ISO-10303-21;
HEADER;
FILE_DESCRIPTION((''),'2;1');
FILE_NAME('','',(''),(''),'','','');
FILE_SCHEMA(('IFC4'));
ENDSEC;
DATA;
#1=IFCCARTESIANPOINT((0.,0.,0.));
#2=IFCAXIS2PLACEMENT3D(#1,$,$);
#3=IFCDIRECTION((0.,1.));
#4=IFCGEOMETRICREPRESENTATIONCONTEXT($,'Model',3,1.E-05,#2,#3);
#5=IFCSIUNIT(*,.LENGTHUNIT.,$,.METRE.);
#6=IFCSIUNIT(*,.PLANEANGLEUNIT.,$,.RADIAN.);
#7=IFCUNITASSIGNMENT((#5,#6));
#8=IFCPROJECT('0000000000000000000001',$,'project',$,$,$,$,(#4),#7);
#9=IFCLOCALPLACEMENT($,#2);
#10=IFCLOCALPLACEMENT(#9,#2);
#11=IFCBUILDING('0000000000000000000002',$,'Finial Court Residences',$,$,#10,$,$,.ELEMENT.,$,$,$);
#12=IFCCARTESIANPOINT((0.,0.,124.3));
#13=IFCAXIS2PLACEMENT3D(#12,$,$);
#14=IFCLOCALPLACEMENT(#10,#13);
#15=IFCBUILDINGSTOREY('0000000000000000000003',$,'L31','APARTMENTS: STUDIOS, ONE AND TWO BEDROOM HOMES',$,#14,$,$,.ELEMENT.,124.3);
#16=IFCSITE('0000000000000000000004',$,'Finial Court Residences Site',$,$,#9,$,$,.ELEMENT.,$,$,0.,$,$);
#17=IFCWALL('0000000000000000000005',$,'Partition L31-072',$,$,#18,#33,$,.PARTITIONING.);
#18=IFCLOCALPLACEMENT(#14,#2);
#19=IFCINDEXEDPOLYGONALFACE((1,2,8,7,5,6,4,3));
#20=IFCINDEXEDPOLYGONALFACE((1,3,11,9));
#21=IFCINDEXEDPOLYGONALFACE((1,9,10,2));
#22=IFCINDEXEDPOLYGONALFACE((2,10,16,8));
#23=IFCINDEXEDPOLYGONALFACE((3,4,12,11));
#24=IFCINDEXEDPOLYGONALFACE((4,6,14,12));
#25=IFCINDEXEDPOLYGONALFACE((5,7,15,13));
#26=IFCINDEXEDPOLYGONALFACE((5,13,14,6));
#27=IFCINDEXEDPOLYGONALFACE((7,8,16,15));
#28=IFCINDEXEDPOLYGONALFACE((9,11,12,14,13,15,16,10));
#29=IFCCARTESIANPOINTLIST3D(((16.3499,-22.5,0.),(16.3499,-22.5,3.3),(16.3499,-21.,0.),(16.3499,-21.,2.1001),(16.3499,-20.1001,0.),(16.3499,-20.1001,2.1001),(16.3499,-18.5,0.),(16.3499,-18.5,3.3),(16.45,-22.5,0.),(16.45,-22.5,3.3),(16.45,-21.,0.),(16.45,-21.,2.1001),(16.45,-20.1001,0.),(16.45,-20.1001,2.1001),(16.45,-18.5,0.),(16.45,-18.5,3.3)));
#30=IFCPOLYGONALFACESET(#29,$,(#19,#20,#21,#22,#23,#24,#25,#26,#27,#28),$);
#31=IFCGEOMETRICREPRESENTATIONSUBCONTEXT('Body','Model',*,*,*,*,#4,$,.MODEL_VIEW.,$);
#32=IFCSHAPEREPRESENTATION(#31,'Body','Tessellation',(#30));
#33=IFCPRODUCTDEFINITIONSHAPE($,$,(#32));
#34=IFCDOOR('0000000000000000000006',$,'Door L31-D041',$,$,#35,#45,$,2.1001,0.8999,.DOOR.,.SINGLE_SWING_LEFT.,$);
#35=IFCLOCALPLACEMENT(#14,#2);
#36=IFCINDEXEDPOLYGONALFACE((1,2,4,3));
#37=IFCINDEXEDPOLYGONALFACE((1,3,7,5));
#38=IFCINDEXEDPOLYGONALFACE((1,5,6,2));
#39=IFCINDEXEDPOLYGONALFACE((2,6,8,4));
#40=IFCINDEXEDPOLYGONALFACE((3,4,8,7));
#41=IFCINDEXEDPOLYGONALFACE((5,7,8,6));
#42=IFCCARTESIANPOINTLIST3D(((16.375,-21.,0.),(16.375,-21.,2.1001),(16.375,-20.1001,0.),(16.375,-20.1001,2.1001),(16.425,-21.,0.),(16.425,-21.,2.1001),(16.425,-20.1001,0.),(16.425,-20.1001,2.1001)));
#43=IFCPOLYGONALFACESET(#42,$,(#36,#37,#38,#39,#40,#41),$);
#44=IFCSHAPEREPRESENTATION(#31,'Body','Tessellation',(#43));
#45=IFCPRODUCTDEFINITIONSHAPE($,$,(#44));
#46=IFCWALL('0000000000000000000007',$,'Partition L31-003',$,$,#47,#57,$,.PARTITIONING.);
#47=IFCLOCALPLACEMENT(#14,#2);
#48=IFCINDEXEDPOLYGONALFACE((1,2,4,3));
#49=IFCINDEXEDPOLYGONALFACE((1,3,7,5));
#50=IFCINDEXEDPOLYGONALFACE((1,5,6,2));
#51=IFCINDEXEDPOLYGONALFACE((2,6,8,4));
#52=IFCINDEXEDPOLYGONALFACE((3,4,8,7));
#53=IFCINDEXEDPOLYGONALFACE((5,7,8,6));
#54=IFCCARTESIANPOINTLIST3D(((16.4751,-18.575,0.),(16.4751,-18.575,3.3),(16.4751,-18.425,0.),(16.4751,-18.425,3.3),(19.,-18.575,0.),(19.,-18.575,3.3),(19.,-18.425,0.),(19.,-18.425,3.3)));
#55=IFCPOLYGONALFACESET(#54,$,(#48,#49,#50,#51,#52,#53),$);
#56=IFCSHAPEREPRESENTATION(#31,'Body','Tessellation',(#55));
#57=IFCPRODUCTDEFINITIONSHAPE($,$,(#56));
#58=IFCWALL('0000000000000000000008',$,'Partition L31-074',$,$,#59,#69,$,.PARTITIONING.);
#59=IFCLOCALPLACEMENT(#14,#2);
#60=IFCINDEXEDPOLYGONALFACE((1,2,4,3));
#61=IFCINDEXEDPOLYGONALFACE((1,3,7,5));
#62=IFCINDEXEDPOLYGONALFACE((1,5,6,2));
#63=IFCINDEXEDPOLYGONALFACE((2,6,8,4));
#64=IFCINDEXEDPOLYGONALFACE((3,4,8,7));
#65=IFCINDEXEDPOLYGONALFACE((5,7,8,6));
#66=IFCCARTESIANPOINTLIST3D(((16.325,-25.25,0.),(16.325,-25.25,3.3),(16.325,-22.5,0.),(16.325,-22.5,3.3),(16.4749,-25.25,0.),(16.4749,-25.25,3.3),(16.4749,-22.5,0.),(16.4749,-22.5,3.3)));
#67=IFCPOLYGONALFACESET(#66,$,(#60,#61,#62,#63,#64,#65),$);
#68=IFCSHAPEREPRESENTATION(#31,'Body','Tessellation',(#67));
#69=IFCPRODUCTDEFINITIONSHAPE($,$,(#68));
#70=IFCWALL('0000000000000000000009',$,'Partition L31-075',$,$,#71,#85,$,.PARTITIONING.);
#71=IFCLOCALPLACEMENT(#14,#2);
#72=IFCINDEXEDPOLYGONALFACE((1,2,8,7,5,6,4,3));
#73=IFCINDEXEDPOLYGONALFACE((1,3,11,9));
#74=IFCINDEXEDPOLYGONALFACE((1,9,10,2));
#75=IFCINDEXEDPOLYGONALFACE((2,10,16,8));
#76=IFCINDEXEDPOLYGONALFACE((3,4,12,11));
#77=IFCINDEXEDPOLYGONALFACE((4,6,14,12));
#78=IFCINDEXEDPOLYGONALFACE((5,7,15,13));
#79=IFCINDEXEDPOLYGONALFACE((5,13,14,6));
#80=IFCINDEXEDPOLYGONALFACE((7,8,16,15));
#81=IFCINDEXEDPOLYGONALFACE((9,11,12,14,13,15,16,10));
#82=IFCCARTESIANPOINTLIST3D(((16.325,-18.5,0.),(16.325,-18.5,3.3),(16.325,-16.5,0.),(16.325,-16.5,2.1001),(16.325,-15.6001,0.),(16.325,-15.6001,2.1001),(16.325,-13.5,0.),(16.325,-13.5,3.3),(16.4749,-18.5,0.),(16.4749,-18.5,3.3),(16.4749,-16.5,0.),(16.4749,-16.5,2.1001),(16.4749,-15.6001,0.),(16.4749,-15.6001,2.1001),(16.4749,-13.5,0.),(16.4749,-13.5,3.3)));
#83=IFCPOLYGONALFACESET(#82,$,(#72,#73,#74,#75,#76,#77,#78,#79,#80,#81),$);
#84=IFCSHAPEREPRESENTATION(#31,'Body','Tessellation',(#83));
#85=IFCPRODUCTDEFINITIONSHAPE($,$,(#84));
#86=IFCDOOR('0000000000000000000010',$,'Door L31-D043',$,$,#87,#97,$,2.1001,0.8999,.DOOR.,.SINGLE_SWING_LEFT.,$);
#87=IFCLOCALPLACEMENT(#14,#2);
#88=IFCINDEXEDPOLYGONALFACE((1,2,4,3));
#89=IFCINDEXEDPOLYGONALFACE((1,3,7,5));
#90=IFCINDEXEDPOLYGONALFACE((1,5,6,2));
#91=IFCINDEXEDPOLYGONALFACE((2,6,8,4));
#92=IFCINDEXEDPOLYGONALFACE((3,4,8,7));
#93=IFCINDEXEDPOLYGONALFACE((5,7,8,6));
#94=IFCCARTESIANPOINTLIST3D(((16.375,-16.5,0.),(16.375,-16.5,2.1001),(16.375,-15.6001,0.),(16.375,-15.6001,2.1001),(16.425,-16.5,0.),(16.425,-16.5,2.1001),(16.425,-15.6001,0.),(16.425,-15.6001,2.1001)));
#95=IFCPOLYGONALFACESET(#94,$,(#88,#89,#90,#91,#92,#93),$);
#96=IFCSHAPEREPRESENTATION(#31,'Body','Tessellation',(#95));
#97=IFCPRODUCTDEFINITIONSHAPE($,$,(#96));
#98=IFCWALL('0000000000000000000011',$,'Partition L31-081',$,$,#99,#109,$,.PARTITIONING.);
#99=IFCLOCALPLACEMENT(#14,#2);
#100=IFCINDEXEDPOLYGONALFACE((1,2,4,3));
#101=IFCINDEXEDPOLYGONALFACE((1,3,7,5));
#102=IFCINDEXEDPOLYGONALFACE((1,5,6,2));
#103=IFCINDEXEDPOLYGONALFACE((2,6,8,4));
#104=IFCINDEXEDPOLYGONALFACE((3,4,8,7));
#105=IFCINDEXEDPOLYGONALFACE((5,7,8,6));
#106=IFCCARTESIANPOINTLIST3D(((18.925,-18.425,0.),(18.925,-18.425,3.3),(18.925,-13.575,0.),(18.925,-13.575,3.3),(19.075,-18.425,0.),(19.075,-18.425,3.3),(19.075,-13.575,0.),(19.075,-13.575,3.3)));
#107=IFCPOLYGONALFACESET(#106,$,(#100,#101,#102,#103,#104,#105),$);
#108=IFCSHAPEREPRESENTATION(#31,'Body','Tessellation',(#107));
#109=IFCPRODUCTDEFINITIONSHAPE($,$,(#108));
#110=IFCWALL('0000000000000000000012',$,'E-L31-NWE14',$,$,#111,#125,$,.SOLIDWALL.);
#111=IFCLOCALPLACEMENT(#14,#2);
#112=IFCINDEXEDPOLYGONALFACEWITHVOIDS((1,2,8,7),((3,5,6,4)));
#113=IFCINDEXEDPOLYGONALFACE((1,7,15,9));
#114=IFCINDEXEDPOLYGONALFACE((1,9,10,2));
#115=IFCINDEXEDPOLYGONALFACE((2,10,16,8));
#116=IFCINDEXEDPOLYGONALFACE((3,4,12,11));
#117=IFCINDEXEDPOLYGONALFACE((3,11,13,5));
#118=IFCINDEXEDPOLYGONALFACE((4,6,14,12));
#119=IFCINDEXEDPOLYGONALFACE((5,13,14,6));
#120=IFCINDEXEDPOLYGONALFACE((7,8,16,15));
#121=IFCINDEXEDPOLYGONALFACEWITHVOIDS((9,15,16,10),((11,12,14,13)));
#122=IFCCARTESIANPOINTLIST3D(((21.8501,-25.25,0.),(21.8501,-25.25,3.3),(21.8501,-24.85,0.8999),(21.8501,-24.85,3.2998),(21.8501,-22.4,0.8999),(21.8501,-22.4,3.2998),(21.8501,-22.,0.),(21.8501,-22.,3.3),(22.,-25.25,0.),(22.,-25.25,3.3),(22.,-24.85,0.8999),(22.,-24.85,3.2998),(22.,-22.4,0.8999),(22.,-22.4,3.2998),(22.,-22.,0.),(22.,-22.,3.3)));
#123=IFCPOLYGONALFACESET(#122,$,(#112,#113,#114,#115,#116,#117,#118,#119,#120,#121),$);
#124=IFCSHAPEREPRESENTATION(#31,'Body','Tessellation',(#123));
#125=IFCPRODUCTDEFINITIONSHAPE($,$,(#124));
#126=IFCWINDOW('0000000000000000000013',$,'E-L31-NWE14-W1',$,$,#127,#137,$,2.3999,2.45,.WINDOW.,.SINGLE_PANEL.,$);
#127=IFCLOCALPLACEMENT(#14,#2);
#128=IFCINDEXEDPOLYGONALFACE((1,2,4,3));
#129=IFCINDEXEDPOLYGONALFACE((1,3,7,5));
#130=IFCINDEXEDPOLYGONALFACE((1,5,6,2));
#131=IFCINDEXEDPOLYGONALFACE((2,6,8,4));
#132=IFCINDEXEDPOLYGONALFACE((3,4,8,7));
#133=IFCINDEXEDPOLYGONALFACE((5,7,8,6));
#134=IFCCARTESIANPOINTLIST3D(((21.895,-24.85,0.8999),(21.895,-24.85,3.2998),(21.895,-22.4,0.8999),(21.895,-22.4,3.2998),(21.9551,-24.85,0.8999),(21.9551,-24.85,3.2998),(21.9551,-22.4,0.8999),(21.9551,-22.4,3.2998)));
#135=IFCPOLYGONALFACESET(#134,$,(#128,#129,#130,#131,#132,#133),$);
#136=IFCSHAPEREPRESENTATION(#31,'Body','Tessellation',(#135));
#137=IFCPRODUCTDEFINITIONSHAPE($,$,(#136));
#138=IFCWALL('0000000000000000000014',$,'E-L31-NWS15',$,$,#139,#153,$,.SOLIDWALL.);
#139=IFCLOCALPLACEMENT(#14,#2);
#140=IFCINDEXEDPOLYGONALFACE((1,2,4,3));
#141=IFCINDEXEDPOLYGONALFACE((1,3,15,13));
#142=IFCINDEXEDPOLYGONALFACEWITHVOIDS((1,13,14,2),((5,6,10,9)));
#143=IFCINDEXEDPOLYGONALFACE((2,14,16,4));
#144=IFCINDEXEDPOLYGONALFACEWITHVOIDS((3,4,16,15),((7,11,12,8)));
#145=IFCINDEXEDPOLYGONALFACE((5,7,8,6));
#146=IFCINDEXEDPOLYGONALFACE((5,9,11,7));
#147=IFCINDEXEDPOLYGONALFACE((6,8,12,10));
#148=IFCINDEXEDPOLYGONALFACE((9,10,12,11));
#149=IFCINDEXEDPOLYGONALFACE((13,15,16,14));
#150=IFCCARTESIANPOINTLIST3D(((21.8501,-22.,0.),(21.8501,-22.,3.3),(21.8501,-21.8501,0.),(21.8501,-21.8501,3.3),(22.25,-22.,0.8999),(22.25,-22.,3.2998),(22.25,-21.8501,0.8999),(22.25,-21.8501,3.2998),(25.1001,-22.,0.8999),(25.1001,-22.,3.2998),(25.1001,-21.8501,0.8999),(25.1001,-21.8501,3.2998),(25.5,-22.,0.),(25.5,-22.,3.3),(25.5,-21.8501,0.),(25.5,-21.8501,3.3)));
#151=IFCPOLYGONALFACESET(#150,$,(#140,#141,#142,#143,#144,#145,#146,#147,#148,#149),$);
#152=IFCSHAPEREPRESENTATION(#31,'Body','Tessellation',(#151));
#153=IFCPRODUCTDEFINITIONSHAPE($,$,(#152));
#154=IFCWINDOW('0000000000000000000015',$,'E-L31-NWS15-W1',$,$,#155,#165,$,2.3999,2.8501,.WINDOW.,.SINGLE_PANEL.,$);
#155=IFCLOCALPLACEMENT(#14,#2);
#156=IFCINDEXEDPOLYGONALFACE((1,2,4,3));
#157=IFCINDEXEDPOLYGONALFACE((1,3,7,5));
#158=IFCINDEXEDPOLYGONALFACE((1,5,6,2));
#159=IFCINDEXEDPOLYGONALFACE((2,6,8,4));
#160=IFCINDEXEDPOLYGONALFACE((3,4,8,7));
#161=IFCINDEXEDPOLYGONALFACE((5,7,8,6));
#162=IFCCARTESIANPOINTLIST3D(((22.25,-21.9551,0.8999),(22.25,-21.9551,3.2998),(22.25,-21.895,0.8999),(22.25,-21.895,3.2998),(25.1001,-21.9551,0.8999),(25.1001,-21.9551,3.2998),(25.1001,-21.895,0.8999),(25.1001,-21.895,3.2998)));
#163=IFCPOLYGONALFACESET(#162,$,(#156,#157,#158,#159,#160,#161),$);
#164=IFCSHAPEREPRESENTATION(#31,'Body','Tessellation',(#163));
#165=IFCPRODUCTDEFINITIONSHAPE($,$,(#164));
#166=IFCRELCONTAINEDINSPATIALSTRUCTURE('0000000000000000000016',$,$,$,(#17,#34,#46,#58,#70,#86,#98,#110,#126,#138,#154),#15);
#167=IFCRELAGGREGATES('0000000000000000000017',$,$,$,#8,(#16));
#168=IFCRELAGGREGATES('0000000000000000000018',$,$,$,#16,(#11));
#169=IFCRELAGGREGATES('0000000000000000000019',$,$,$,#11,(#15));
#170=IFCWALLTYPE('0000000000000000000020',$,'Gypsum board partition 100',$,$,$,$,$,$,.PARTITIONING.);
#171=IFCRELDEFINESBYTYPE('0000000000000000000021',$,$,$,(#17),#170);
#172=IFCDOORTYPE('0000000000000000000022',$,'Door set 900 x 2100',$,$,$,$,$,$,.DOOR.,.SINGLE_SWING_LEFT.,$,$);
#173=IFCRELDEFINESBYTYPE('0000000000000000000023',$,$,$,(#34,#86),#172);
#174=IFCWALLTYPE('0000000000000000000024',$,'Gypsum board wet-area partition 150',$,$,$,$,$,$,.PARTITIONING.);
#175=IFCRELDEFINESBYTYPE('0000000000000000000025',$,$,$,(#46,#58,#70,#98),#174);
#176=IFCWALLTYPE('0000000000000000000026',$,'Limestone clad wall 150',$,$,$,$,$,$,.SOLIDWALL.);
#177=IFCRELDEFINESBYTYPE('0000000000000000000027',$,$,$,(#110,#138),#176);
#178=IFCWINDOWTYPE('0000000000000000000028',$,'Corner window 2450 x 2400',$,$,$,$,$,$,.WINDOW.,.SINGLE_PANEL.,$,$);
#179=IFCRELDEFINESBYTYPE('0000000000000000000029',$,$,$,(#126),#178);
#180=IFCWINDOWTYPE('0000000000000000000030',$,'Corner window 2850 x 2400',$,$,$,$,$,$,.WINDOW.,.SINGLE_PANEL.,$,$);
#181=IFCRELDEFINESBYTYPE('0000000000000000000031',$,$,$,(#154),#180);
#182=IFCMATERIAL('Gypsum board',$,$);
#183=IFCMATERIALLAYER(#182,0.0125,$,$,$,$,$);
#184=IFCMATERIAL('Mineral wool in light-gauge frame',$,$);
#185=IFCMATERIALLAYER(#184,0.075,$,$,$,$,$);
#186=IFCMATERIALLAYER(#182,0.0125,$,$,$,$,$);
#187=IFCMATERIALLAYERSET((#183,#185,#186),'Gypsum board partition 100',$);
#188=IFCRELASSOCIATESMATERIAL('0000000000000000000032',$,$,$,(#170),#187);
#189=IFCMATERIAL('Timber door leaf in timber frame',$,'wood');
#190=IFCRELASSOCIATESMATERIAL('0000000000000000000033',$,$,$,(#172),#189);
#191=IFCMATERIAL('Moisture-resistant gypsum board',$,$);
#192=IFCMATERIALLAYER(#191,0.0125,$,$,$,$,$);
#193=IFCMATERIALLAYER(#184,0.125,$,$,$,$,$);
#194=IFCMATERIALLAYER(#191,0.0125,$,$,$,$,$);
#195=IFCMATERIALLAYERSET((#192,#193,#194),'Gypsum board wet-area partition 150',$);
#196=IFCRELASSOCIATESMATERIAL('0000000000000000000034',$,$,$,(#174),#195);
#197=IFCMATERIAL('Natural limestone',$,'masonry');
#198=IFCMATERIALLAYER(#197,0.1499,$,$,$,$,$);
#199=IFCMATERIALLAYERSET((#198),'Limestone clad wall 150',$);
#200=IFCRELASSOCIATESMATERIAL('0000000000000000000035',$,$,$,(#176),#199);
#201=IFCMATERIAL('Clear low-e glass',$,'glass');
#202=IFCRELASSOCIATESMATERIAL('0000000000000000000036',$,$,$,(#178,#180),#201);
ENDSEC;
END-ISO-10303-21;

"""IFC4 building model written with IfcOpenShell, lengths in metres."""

from ifc_helpers import new_model, si_unit, direction, frame, frame_2d, origin, place, context, subcontext, project, spatial, rectangle, extrude, material, layer, layer_set, type_object, element, fill, save


model = new_model("IFC4")

# Units and contexts
model_context = context("Model", 3, precision=1e-05, world=origin(), true_north=direction((0.0, 1.0)))
body_context = subcontext(model_context, "Body", "Model", "MODEL_VIEW")
ifc_project = project(units=[si_unit("LENGTHUNIT", "METRE"), si_unit("PLANEANGLEUNIT", "RADIAN")], contexts=[model_context])

# Site, building, storey
site_placement = place(None, origin())
site = spatial("IfcSite", under=ifc_project, at=site_placement, Name="Finial Court Residences Site", CompositionType="ELEMENT", RefElevation=0.0)
building_placement = place(site_placement, origin())
building = spatial("IfcBuilding", under=site, at=building_placement, Name="Finial Court Residences", CompositionType="ELEMENT")
storey_placement = place(building_placement, frame((0.0, 0.0, 124.3)))
storey = spatial("IfcBuildingStorey", under=building, at=storey_placement, Name="L31", Description="APARTMENTS: STUDIOS, ONE AND TWO BEDROOM HOMES", CompositionType="ELEMENT", Elevation=124.3)

# Shared definitions
ifc_material_1 = material(Name="Clear low-e glass", Category="glass")

# Wall, opening, door
ifc_material_2 = material(Name="Gypsum board")
ifc_layer_1 = layer(ifc_material_2, 0.0125)
ifc_material_3 = material(Name="Mineral wool in light-gauge frame")
ifc_layer_2 = layer(ifc_material_3, 0.075)
ifc_layer_3 = layer(ifc_material_2, 0.0125)
ifc_layer_set_1 = layer_set([ifc_layer_1, ifc_layer_2, ifc_layer_3], Name="Gypsum board partition 100")
wall_type_1 = type_object("IfcWallType", Name="Gypsum board partition 100", PredefinedType="PARTITIONING", material=ifc_layer_set_1)
ifc_material_4 = material(Name="Timber door leaf in timber frame", Category="wood")
door_type = type_object("IfcDoorType", Name="Door set 900 x 2100", OperationType="SINGLE_SWING_LEFT", PredefinedType="DOOR", material=ifc_material_4)
wall_1_placement = place(storey_placement, frame((16.3999, -22.5, 0.0), z_axis=(0.0, 0.0, 1.0), x_axis=(0.0, 1.0, 0.0)))
wall_1 = element("IfcWall", 1, at=wall_1_placement, inside=storey, type_object=wall_type_1, Name="Partition L31-072", PredefinedType="PARTITIONING", context=body_context, shape_type="SweptSolid", body=[
    extrude(rectangle(XDim=4.0, YDim=0.1001, at=frame_2d((2.0, 0.0))), origin(), (0.0, 0.0, 1.0), 3.3),
])
opening_1_placement = place(wall_1_placement, frame((1.5, 0.0, 0.0)))
opening_1 = element("IfcOpeningElement", 2, at=opening_1_placement, cuts=wall_1, PredefinedType="OPENING", context=body_context, shape_type="SweptSolid", body=[
    extrude(rectangle(XDim=0.8999, YDim=2.1001, at=frame_2d((0.45, 1.05))), frame((0.0, 0.0601, 0.0), z_axis=(0.0, -1.0, 0.0), x_axis=(1.0, 0.0, 0.0)), (0.0, 0.0, 1.0), 0.1201),
])
door_1_placement = place(opening_1_placement, origin())
door_1 = element("IfcDoor", 3, at=door_1_placement, inside=storey, type_object=door_type, Name="Door L31-D041", OperationType="SINGLE_SWING_LEFT", OverallHeight=2.1001, OverallWidth=0.8999, PredefinedType="DOOR", context=body_context, shape_type="SweptSolid", body=[
    extrude(rectangle(XDim=0.8999, YDim=2.1001, at=frame_2d((0.45, 1.05))), frame((0.0, 0.0249, 0.0), z_axis=(0.0, -1.0, 0.0), x_axis=(1.0, 0.0, 0.0)), (0.0, 0.0, 1.0), 0.05),
])
fill(opening_1, door_1)

# Walls
ifc_material_5 = material(Name="Moisture-resistant gypsum board")
ifc_layer_4 = layer(ifc_material_5, 0.0125)
ifc_layer_5 = layer(ifc_material_3, 0.125)
ifc_layer_6 = layer(ifc_material_5, 0.0125)
ifc_layer_set_2 = layer_set([ifc_layer_4, ifc_layer_5, ifc_layer_6], Name="Gypsum board wet-area partition 150")
wall_type_2 = type_object("IfcWallType", Name="Gypsum board wet-area partition 150", PredefinedType="PARTITIONING", material=ifc_layer_set_2)
wall_2_placement = place(storey_placement, frame((16.4751, -18.5, 0.0), z_axis=(0.0, 0.0, 1.0), x_axis=(1.0, 0.0, 0.0)))
element("IfcWall", 4, at=wall_2_placement, inside=storey, type_object=wall_type_2, Name="Partition L31-003", PredefinedType="PARTITIONING", context=body_context, shape_type="SweptSolid", body=[
    extrude(rectangle(XDim=2.5249, YDim=0.1499, at=frame_2d((1.2625, 0.0))), origin(), (0.0, 0.0, 1.0), 3.3),
])
wall_3_placement = place(storey_placement, frame((16.3999, -25.25, 0.0), z_axis=(0.0, 0.0, 1.0), x_axis=(0.0, 1.0, 0.0)))
element("IfcWall", 5, at=wall_3_placement, inside=storey, type_object=wall_type_2, Name="Partition L31-074", PredefinedType="PARTITIONING", context=body_context, shape_type="SweptSolid", body=[
    extrude(rectangle(XDim=2.75, YDim=0.1499, at=frame_2d((1.375, 0.0))), origin(), (0.0, 0.0, 1.0), 3.3),
])

# Wall, opening, door
wall_4_placement = place(storey_placement, frame((16.3999, -18.5, 0.0), z_axis=(0.0, 0.0, 1.0), x_axis=(0.0, 1.0, 0.0)))
wall_4 = element("IfcWall", 6, at=wall_4_placement, inside=storey, type_object=wall_type_2, Name="Partition L31-075", PredefinedType="PARTITIONING", context=body_context, shape_type="SweptSolid", body=[
    extrude(rectangle(XDim=5.0, YDim=0.1499, at=frame_2d((2.5, 0.0))), origin(), (0.0, 0.0, 1.0), 3.3),
])
opening_2_placement = place(wall_4_placement, frame((2.0, 0.0, 0.0)))
opening_2 = element("IfcOpeningElement", 7, at=opening_2_placement, cuts=wall_4, PredefinedType="OPENING", context=body_context, shape_type="SweptSolid", body=[
    extrude(rectangle(XDim=0.8999, YDim=2.1001, at=frame_2d((0.45, 1.05))), frame((0.0, 0.085, 0.0), z_axis=(0.0, -1.0, 0.0), x_axis=(1.0, 0.0, 0.0)), (0.0, 0.0, 1.0), 0.1699),
])
door_2_placement = place(opening_2_placement, origin())
door_2 = element("IfcDoor", 8, at=door_2_placement, inside=storey, type_object=door_type, Name="Door L31-D043", OperationType="SINGLE_SWING_LEFT", OverallHeight=2.1001, OverallWidth=0.8999, PredefinedType="DOOR", context=body_context, shape_type="SweptSolid", body=[
    extrude(rectangle(XDim=0.8999, YDim=2.1001, at=frame_2d((0.45, 1.05))), frame((0.0, 0.0249, 0.0), z_axis=(0.0, -1.0, 0.0), x_axis=(1.0, 0.0, 0.0)), (0.0, 0.0, 1.0), 0.05),
])
fill(opening_2, door_2)

# Wall
wall_5_placement = place(storey_placement, frame((19.0, -18.425, 0.0), z_axis=(0.0, 0.0, 1.0), x_axis=(0.0, 1.0, 0.0)))
element("IfcWall", 9, at=wall_5_placement, inside=storey, type_object=wall_type_2, Name="Partition L31-081", PredefinedType="PARTITIONING", context=body_context, shape_type="SweptSolid", body=[
    extrude(rectangle(XDim=4.8501, YDim=0.1499, at=frame_2d((2.425, 0.0))), origin(), (0.0, 0.0, 1.0), 3.3),
])

# Walls, openings, windows
ifc_material_6 = material(Name="Natural limestone", Category="masonry")
ifc_layer_7 = layer(ifc_material_6, 0.1499)
ifc_layer_set_3 = layer_set([ifc_layer_7], Name="Limestone clad wall 150")
wall_type_3 = type_object("IfcWallType", Name="Limestone clad wall 150", PredefinedType="SOLIDWALL", material=ifc_layer_set_3)
wall_6_placement = place(storey_placement, frame((21.925, -22.0, 0.0), z_axis=(0.0, 0.0, 1.0), x_axis=(0.0, -1.0, 0.0)))
wall_6 = element("IfcWall", 10, at=wall_6_placement, inside=storey, type_object=wall_type_3, Name="E-L31-NWE14", PredefinedType="SOLIDWALL", context=body_context, shape_type="SweptSolid", body=[
    extrude(rectangle(XDim=3.25, YDim=0.1499, at=frame_2d((1.625, 0.0))), origin(), (0.0, 0.0, 1.0), 3.3),
])
opening_3_placement = place(wall_6_placement, frame((0.3999, 0.0, 0.8999)))
opening_3 = element("IfcOpeningElement", 11, at=opening_3_placement, cuts=wall_6, PredefinedType="OPENING", context=body_context, shape_type="SweptSolid", body=[
    extrude(rectangle(XDim=2.45, YDim=2.3999, at=frame_2d((1.2251, 1.2))), frame((0.0, 0.085, 0.0), z_axis=(0.0, -1.0, 0.0), x_axis=(1.0, 0.0, 0.0)), (0.0, 0.0, 1.0), 0.1699),
])
window_type_1 = type_object("IfcWindowType", Name="Corner window 2450 x 2400", PartitioningType="SINGLE_PANEL", PredefinedType="WINDOW", material=ifc_material_1)
window_1_placement = place(opening_3_placement, origin())
window_1 = element("IfcWindow", 12, at=window_1_placement, inside=storey, type_object=window_type_1, Name="E-L31-NWE14-W1", OverallHeight=2.3999, OverallWidth=2.45, PartitioningType="SINGLE_PANEL", PredefinedType="WINDOW", context=body_context, shape_type="SweptSolid", body=[
    extrude(rectangle(XDim=2.45, YDim=2.3999, at=frame_2d((1.2251, 1.2))), frame((0.0, 0.03, 0.0), z_axis=(0.0, -1.0, 0.0), x_axis=(1.0, 0.0, 0.0)), (0.0, 0.0, 1.0), 0.0601),
])
fill(opening_3, window_1)
wall_7_placement = place(storey_placement, frame((25.5, -21.925, 0.0), z_axis=(0.0, 0.0, 1.0), x_axis=(-1.0, 0.0, 0.0)))
wall_7 = element("IfcWall", 13, at=wall_7_placement, inside=storey, type_object=wall_type_3, Name="E-L31-NWS15", PredefinedType="SOLIDWALL", context=body_context, shape_type="SweptSolid", body=[
    extrude(rectangle(XDim=3.6499, YDim=0.1499, at=frame_2d((1.825, 0.0))), origin(), (0.0, 0.0, 1.0), 3.3),
])
opening_4_placement = place(wall_7_placement, frame((0.3999, 0.0, 0.8999)))
opening_4 = element("IfcOpeningElement", 14, at=opening_4_placement, cuts=wall_7, PredefinedType="OPENING", context=body_context, shape_type="SweptSolid", body=[
    extrude(rectangle(XDim=2.8501, YDim=2.3999, at=frame_2d((1.425, 1.2))), frame((0.0, 0.085, 0.0), z_axis=(0.0, -1.0, 0.0), x_axis=(1.0, 0.0, 0.0)), (0.0, 0.0, 1.0), 0.1699),
])
window_type_2 = type_object("IfcWindowType", Name="Corner window 2850 x 2400", PartitioningType="SINGLE_PANEL", PredefinedType="WINDOW", material=ifc_material_1)
window_2_placement = place(opening_4_placement, origin())
window_2 = element("IfcWindow", 15, at=window_2_placement, inside=storey, type_object=window_type_2, Name="E-L31-NWS15-W1", OverallHeight=2.3999, OverallWidth=2.8501, PartitioningType="SINGLE_PANEL", PredefinedType="WINDOW", context=body_context, shape_type="SweptSolid", body=[
    extrude(rectangle(XDim=2.8501, YDim=2.3999, at=frame_2d((1.425, 1.2))), frame((0.0, 0.03, 0.0), z_axis=(0.0, -1.0, 0.0), x_axis=(1.0, 0.0, 0.0)), (0.0, 0.0, 1.0), 0.0601),
])
fill(opening_4, window_2)

save(model, "model.ifc")
